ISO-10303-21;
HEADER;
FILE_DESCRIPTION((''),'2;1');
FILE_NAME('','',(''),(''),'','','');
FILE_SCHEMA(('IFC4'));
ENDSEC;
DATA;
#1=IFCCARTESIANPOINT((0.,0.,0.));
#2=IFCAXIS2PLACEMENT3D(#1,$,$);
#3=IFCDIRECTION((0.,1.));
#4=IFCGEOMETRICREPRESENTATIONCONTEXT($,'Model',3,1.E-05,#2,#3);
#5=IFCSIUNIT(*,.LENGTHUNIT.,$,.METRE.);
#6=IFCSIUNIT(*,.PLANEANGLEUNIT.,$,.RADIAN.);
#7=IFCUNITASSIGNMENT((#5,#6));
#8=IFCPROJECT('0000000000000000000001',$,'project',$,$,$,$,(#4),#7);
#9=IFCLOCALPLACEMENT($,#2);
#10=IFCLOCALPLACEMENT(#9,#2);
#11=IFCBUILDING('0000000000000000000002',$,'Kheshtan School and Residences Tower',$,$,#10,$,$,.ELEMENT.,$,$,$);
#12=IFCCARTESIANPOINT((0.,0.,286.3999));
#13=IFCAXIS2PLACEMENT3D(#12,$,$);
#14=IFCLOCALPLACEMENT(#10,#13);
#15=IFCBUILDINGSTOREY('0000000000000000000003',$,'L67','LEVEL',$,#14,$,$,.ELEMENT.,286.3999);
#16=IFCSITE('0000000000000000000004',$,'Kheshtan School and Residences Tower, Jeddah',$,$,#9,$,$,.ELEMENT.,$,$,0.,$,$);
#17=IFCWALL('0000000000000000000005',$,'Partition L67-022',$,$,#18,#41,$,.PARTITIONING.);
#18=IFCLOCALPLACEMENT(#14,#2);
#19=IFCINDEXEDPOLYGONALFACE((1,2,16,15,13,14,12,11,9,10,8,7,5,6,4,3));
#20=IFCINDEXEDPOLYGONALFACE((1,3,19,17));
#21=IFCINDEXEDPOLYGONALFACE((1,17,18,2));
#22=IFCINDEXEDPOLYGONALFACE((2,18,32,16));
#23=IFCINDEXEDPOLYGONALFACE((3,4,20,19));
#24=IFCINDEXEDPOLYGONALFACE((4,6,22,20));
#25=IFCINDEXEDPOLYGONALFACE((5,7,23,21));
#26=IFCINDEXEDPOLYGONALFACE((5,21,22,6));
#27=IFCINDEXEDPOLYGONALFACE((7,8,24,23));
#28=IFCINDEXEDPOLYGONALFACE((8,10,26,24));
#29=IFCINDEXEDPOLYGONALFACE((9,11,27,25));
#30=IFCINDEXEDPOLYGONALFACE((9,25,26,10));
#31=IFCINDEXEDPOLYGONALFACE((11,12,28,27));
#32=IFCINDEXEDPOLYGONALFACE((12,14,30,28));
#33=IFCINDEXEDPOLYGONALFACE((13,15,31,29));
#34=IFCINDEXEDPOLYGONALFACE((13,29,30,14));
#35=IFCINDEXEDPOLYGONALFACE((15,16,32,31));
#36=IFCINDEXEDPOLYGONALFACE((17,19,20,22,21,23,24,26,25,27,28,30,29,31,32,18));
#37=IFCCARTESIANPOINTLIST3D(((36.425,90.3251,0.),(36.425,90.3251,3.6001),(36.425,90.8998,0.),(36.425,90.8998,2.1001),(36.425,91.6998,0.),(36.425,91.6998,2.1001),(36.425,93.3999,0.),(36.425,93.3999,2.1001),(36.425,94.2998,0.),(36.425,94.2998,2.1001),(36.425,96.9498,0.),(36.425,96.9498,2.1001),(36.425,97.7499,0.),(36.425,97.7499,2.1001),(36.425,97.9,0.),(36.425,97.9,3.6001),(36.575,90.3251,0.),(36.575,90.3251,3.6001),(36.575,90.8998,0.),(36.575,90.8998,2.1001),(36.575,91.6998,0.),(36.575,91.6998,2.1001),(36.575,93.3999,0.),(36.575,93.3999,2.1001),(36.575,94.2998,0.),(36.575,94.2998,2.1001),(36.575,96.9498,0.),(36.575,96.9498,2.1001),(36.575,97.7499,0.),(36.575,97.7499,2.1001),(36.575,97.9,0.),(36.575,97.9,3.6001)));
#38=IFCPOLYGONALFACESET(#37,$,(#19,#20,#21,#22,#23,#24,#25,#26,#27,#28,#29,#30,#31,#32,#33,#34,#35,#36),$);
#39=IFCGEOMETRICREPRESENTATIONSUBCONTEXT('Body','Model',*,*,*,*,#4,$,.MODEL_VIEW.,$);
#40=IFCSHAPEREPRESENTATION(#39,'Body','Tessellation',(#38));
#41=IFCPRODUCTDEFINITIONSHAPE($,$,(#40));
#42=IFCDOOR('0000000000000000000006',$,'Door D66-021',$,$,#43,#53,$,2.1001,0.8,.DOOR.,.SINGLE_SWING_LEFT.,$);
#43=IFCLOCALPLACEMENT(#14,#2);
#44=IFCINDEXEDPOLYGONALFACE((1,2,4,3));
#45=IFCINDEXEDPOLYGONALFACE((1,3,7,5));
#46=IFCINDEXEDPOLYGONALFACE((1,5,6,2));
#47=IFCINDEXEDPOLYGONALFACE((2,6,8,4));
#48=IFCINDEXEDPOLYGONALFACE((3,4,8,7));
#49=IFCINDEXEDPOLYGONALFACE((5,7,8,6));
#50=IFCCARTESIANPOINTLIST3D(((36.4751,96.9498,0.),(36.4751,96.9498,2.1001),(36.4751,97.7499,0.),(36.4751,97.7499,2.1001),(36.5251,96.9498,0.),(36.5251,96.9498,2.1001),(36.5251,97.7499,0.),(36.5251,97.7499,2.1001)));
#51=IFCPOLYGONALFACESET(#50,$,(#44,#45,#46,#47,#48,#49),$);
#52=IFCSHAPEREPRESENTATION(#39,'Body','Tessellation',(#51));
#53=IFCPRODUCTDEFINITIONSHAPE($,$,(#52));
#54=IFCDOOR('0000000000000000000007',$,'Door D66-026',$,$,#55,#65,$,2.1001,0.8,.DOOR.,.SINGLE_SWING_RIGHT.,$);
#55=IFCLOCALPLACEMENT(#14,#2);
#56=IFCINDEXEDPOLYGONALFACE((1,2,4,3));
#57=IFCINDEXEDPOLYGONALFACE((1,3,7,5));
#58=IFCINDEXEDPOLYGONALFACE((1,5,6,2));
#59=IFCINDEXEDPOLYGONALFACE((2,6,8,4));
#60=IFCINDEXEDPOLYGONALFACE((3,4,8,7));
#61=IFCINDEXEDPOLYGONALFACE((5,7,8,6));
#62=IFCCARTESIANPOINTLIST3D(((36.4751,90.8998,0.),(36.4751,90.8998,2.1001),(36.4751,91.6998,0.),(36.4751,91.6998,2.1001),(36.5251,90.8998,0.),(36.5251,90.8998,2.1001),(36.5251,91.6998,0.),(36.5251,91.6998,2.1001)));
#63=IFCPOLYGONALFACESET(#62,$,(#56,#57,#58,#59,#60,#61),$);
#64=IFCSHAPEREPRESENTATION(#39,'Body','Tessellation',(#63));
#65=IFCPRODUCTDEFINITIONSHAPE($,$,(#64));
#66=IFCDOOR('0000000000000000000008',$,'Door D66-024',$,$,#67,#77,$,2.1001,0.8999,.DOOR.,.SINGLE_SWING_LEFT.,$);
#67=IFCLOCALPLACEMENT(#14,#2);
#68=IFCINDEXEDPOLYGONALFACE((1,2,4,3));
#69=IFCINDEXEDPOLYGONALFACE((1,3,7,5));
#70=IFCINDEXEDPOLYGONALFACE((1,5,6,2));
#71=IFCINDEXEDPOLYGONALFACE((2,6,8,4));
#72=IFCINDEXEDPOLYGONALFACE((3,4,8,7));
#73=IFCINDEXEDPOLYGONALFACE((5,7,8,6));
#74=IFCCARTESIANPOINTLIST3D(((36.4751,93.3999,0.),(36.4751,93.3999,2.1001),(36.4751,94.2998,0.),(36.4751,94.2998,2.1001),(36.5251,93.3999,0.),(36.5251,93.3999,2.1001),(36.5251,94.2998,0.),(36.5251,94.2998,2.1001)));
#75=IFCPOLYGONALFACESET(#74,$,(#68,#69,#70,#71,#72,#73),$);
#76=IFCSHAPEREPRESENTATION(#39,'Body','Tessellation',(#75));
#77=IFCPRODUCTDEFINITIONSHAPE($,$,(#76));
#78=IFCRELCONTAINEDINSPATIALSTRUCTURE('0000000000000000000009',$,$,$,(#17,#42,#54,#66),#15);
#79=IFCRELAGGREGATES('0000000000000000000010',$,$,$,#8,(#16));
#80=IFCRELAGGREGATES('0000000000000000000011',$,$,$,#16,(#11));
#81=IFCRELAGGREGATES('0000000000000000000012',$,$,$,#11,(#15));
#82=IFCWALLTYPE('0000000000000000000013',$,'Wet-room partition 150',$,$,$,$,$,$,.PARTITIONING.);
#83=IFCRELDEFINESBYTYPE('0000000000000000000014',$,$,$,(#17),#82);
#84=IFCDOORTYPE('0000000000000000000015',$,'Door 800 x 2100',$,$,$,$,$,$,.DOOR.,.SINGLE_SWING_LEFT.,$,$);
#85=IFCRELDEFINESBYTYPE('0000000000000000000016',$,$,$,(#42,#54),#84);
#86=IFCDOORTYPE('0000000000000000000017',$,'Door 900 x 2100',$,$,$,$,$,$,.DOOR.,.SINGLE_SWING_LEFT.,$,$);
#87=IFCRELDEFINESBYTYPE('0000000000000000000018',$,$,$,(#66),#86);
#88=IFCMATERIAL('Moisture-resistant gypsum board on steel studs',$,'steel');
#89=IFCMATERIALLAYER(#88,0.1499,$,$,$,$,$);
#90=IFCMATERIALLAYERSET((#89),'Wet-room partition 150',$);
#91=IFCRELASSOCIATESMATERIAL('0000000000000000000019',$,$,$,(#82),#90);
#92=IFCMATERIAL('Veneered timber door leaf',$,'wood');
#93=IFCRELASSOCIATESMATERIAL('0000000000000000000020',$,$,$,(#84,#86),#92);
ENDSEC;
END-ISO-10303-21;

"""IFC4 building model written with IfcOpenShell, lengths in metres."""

from ifc_helpers import new_model, si_unit, direction, frame, frame_2d, origin, place, context, subcontext, project, spatial, rectangle, extrude, source, transform, mapped, material, layer, layer_set, type_object, element, fill, save


model = new_model("IFC4")

# Units and contexts
model_context = context("Model", 3, precision=1e-05, world=origin(), true_north=direction((0.0, 1.0)))
body_context = subcontext(model_context, "Body", "Model", "MODEL_VIEW")
ifc_project = project(units=[si_unit("LENGTHUNIT", "METRE"), si_unit("PLANEANGLEUNIT", "RADIAN")], contexts=[model_context])

# Site, building, storey
site_placement = place(None, origin())
site = spatial("IfcSite", under=ifc_project, at=site_placement, Name="Kheshtan School and Residences Tower, Jeddah", CompositionType="ELEMENT", RefElevation=0.0)
building_placement = place(site_placement, origin())
building = spatial("IfcBuilding", under=site, at=building_placement, Name="Kheshtan School and Residences Tower", CompositionType="ELEMENT")
storey_placement = place(building_placement, frame((0.0, 0.0, 286.3999)))
storey = spatial("IfcBuildingStorey", under=building, at=storey_placement, Name="L67", Description="LEVEL", CompositionType="ELEMENT", Elevation=286.3999)

# Shared definitions
ifc_material_1 = material(Name="Moisture-resistant gypsum board on steel studs", Category="steel")
ifc_layer_1 = layer(ifc_material_1, 0.1499)
ifc_layer_set_1 = layer_set([ifc_layer_1], Name="Wet-room partition 150")
wall_type_1 = type_object("IfcWallType", Name="Wet-room partition 150", PredefinedType="PARTITIONING", material=ifc_layer_set_1)

# Wall, openings, doors
wall_1_placement = place(storey_placement, frame((36.5, 90.325, 0.0), z_axis=(0.0, 0.0, 1.0), x_axis=(0.0, 1.0, 0.0)))
wall_1 = element("IfcWall", 1, at=wall_1_placement, inside=storey, type_object=wall_type_1, Name="Partition L67-022", PredefinedType="PARTITIONING", context=body_context, shape_type="SweptSolid", body=[
    extrude(rectangle(XDim=7.575, YDim=0.1499, at=frame_2d((3.7876, 0.0))), origin(), (0.0, 0.0, 1.0), 3.6001),
])
opening_1_placement = place(wall_1_placement, frame((6.625, 0.0, 0.0)))
opening_1 = element("IfcOpeningElement", 2, at=opening_1_placement, cuts=wall_1, PredefinedType="OPENING", context=body_context, shape_type="SweptSolid", body=[
    extrude(rectangle(XDim=0.8, YDim=2.1001, at=frame_2d((0.3999, 1.05))), frame((0.0, 0.085, 0.0), z_axis=(0.0, -1.0, 0.0), x_axis=(1.0, 0.0, 0.0)), (0.0, 0.0, 1.0), 0.1699),
])
opening_2_placement = place(wall_1_placement, frame((3.075, 0.0, 0.0)))
opening_2 = element("IfcOpeningElement", 3, at=opening_2_placement, cuts=wall_1, PredefinedType="OPENING", context=body_context, shape_type="SweptSolid", body=[
    extrude(rectangle(XDim=0.8999, YDim=2.1001, at=frame_2d((0.45, 1.05))), frame((0.0, 0.085, 0.0), z_axis=(0.0, -1.0, 0.0), x_axis=(1.0, 0.0, 0.0)), (0.0, 0.0, 1.0), 0.1699),
])
opening_3_placement = place(wall_1_placement, frame((0.575, 0.0, 0.0)))
opening_3 = element("IfcOpeningElement", 4, at=opening_3_placement, cuts=wall_1, PredefinedType="OPENING", context=body_context, shape_type="SweptSolid", body=[
    extrude(rectangle(XDim=0.8, YDim=2.1001, at=frame_2d((0.3999, 1.05))), frame((0.0, 0.085, 0.0), z_axis=(0.0, -1.0, 0.0), x_axis=(1.0, 0.0, 0.0)), (0.0, 0.0, 1.0), 0.1699),
])
ifc_material_2 = material(Name="Veneered timber door leaf", Category="wood")
door_type_1 = type_object("IfcDoorType", Name="Door 800 x 2100", OperationType="SINGLE_SWING_LEFT", PredefinedType="DOOR", material=ifc_material_2)
shared_shape_1 = source(origin(), body_context, "Body", "SweptSolid", [
    extrude(rectangle(XDim=0.8, YDim=2.1001, at=frame_2d((0.3999, 1.05))), frame((0.0, 0.0249, 0.0), z_axis=(0.0, -1.0, 0.0), x_axis=(1.0, 0.0, 0.0)), (0.0, 0.0, 1.0), 0.05),
])
door_1_placement = place(opening_1_placement, origin())
door_1 = element("IfcDoor", 5, at=door_1_placement, inside=storey, type_object=door_type_1, Name="Door D66-021", OperationType="SINGLE_SWING_LEFT", OverallHeight=2.1001, OverallWidth=0.8, PredefinedType="DOOR", context=body_context, shape_type="MappedRepresentation", body=[
    mapped(shared_shape_1, transform((0.0, 0.0, 0.0), x_axis=(1.0, 0.0, 0.0), y_axis=(0.0, 1.0, 0.0), z_axis=(0.0, 0.0, 1.0), scale=1.0)),
])
fill(opening_1, door_1)
door_2_placement = place(opening_3_placement, origin())
door_2 = element("IfcDoor", 6, at=door_2_placement, inside=storey, type_object=door_type_1, Name="Door D66-026", OperationType="SINGLE_SWING_RIGHT", OverallHeight=2.1001, OverallWidth=0.8, PredefinedType="DOOR", context=body_context, shape_type="MappedRepresentation", body=[
    mapped(shared_shape_1, transform((0.0, 0.0, 0.0), x_axis=(1.0, 0.0, 0.0), y_axis=(0.0, 1.0, 0.0), z_axis=(0.0, 0.0, 1.0), scale=1.0)),
])
fill(opening_3, door_2)
door_type_2 = type_object("IfcDoorType", Name="Door 900 x 2100", OperationType="SINGLE_SWING_LEFT", PredefinedType="DOOR", material=ifc_material_2)
shared_shape_2 = source(origin(), body_context, "Body", "SweptSolid", [
    extrude(rectangle(XDim=0.8999, YDim=2.1001, at=frame_2d((0.45, 1.05))), frame((0.0, 0.0249, 0.0), z_axis=(0.0, -1.0, 0.0), x_axis=(1.0, 0.0, 0.0)), (0.0, 0.0, 1.0), 0.05),
])
door_3_placement = place(opening_2_placement, origin())
door_3 = element("IfcDoor", 7, at=door_3_placement, inside=storey, type_object=door_type_2, Name="Door D66-024", OperationType="SINGLE_SWING_LEFT", OverallHeight=2.1001, OverallWidth=0.8999, PredefinedType="DOOR", context=body_context, shape_type="MappedRepresentation", body=[
    mapped(shared_shape_2, transform((0.0, 0.0, 0.0), x_axis=(1.0, 0.0, 0.0), y_axis=(0.0, 1.0, 0.0), z_axis=(0.0, 0.0, 1.0), scale=1.0)),
])
fill(opening_2, door_3)

save(model, "model.ifc")
